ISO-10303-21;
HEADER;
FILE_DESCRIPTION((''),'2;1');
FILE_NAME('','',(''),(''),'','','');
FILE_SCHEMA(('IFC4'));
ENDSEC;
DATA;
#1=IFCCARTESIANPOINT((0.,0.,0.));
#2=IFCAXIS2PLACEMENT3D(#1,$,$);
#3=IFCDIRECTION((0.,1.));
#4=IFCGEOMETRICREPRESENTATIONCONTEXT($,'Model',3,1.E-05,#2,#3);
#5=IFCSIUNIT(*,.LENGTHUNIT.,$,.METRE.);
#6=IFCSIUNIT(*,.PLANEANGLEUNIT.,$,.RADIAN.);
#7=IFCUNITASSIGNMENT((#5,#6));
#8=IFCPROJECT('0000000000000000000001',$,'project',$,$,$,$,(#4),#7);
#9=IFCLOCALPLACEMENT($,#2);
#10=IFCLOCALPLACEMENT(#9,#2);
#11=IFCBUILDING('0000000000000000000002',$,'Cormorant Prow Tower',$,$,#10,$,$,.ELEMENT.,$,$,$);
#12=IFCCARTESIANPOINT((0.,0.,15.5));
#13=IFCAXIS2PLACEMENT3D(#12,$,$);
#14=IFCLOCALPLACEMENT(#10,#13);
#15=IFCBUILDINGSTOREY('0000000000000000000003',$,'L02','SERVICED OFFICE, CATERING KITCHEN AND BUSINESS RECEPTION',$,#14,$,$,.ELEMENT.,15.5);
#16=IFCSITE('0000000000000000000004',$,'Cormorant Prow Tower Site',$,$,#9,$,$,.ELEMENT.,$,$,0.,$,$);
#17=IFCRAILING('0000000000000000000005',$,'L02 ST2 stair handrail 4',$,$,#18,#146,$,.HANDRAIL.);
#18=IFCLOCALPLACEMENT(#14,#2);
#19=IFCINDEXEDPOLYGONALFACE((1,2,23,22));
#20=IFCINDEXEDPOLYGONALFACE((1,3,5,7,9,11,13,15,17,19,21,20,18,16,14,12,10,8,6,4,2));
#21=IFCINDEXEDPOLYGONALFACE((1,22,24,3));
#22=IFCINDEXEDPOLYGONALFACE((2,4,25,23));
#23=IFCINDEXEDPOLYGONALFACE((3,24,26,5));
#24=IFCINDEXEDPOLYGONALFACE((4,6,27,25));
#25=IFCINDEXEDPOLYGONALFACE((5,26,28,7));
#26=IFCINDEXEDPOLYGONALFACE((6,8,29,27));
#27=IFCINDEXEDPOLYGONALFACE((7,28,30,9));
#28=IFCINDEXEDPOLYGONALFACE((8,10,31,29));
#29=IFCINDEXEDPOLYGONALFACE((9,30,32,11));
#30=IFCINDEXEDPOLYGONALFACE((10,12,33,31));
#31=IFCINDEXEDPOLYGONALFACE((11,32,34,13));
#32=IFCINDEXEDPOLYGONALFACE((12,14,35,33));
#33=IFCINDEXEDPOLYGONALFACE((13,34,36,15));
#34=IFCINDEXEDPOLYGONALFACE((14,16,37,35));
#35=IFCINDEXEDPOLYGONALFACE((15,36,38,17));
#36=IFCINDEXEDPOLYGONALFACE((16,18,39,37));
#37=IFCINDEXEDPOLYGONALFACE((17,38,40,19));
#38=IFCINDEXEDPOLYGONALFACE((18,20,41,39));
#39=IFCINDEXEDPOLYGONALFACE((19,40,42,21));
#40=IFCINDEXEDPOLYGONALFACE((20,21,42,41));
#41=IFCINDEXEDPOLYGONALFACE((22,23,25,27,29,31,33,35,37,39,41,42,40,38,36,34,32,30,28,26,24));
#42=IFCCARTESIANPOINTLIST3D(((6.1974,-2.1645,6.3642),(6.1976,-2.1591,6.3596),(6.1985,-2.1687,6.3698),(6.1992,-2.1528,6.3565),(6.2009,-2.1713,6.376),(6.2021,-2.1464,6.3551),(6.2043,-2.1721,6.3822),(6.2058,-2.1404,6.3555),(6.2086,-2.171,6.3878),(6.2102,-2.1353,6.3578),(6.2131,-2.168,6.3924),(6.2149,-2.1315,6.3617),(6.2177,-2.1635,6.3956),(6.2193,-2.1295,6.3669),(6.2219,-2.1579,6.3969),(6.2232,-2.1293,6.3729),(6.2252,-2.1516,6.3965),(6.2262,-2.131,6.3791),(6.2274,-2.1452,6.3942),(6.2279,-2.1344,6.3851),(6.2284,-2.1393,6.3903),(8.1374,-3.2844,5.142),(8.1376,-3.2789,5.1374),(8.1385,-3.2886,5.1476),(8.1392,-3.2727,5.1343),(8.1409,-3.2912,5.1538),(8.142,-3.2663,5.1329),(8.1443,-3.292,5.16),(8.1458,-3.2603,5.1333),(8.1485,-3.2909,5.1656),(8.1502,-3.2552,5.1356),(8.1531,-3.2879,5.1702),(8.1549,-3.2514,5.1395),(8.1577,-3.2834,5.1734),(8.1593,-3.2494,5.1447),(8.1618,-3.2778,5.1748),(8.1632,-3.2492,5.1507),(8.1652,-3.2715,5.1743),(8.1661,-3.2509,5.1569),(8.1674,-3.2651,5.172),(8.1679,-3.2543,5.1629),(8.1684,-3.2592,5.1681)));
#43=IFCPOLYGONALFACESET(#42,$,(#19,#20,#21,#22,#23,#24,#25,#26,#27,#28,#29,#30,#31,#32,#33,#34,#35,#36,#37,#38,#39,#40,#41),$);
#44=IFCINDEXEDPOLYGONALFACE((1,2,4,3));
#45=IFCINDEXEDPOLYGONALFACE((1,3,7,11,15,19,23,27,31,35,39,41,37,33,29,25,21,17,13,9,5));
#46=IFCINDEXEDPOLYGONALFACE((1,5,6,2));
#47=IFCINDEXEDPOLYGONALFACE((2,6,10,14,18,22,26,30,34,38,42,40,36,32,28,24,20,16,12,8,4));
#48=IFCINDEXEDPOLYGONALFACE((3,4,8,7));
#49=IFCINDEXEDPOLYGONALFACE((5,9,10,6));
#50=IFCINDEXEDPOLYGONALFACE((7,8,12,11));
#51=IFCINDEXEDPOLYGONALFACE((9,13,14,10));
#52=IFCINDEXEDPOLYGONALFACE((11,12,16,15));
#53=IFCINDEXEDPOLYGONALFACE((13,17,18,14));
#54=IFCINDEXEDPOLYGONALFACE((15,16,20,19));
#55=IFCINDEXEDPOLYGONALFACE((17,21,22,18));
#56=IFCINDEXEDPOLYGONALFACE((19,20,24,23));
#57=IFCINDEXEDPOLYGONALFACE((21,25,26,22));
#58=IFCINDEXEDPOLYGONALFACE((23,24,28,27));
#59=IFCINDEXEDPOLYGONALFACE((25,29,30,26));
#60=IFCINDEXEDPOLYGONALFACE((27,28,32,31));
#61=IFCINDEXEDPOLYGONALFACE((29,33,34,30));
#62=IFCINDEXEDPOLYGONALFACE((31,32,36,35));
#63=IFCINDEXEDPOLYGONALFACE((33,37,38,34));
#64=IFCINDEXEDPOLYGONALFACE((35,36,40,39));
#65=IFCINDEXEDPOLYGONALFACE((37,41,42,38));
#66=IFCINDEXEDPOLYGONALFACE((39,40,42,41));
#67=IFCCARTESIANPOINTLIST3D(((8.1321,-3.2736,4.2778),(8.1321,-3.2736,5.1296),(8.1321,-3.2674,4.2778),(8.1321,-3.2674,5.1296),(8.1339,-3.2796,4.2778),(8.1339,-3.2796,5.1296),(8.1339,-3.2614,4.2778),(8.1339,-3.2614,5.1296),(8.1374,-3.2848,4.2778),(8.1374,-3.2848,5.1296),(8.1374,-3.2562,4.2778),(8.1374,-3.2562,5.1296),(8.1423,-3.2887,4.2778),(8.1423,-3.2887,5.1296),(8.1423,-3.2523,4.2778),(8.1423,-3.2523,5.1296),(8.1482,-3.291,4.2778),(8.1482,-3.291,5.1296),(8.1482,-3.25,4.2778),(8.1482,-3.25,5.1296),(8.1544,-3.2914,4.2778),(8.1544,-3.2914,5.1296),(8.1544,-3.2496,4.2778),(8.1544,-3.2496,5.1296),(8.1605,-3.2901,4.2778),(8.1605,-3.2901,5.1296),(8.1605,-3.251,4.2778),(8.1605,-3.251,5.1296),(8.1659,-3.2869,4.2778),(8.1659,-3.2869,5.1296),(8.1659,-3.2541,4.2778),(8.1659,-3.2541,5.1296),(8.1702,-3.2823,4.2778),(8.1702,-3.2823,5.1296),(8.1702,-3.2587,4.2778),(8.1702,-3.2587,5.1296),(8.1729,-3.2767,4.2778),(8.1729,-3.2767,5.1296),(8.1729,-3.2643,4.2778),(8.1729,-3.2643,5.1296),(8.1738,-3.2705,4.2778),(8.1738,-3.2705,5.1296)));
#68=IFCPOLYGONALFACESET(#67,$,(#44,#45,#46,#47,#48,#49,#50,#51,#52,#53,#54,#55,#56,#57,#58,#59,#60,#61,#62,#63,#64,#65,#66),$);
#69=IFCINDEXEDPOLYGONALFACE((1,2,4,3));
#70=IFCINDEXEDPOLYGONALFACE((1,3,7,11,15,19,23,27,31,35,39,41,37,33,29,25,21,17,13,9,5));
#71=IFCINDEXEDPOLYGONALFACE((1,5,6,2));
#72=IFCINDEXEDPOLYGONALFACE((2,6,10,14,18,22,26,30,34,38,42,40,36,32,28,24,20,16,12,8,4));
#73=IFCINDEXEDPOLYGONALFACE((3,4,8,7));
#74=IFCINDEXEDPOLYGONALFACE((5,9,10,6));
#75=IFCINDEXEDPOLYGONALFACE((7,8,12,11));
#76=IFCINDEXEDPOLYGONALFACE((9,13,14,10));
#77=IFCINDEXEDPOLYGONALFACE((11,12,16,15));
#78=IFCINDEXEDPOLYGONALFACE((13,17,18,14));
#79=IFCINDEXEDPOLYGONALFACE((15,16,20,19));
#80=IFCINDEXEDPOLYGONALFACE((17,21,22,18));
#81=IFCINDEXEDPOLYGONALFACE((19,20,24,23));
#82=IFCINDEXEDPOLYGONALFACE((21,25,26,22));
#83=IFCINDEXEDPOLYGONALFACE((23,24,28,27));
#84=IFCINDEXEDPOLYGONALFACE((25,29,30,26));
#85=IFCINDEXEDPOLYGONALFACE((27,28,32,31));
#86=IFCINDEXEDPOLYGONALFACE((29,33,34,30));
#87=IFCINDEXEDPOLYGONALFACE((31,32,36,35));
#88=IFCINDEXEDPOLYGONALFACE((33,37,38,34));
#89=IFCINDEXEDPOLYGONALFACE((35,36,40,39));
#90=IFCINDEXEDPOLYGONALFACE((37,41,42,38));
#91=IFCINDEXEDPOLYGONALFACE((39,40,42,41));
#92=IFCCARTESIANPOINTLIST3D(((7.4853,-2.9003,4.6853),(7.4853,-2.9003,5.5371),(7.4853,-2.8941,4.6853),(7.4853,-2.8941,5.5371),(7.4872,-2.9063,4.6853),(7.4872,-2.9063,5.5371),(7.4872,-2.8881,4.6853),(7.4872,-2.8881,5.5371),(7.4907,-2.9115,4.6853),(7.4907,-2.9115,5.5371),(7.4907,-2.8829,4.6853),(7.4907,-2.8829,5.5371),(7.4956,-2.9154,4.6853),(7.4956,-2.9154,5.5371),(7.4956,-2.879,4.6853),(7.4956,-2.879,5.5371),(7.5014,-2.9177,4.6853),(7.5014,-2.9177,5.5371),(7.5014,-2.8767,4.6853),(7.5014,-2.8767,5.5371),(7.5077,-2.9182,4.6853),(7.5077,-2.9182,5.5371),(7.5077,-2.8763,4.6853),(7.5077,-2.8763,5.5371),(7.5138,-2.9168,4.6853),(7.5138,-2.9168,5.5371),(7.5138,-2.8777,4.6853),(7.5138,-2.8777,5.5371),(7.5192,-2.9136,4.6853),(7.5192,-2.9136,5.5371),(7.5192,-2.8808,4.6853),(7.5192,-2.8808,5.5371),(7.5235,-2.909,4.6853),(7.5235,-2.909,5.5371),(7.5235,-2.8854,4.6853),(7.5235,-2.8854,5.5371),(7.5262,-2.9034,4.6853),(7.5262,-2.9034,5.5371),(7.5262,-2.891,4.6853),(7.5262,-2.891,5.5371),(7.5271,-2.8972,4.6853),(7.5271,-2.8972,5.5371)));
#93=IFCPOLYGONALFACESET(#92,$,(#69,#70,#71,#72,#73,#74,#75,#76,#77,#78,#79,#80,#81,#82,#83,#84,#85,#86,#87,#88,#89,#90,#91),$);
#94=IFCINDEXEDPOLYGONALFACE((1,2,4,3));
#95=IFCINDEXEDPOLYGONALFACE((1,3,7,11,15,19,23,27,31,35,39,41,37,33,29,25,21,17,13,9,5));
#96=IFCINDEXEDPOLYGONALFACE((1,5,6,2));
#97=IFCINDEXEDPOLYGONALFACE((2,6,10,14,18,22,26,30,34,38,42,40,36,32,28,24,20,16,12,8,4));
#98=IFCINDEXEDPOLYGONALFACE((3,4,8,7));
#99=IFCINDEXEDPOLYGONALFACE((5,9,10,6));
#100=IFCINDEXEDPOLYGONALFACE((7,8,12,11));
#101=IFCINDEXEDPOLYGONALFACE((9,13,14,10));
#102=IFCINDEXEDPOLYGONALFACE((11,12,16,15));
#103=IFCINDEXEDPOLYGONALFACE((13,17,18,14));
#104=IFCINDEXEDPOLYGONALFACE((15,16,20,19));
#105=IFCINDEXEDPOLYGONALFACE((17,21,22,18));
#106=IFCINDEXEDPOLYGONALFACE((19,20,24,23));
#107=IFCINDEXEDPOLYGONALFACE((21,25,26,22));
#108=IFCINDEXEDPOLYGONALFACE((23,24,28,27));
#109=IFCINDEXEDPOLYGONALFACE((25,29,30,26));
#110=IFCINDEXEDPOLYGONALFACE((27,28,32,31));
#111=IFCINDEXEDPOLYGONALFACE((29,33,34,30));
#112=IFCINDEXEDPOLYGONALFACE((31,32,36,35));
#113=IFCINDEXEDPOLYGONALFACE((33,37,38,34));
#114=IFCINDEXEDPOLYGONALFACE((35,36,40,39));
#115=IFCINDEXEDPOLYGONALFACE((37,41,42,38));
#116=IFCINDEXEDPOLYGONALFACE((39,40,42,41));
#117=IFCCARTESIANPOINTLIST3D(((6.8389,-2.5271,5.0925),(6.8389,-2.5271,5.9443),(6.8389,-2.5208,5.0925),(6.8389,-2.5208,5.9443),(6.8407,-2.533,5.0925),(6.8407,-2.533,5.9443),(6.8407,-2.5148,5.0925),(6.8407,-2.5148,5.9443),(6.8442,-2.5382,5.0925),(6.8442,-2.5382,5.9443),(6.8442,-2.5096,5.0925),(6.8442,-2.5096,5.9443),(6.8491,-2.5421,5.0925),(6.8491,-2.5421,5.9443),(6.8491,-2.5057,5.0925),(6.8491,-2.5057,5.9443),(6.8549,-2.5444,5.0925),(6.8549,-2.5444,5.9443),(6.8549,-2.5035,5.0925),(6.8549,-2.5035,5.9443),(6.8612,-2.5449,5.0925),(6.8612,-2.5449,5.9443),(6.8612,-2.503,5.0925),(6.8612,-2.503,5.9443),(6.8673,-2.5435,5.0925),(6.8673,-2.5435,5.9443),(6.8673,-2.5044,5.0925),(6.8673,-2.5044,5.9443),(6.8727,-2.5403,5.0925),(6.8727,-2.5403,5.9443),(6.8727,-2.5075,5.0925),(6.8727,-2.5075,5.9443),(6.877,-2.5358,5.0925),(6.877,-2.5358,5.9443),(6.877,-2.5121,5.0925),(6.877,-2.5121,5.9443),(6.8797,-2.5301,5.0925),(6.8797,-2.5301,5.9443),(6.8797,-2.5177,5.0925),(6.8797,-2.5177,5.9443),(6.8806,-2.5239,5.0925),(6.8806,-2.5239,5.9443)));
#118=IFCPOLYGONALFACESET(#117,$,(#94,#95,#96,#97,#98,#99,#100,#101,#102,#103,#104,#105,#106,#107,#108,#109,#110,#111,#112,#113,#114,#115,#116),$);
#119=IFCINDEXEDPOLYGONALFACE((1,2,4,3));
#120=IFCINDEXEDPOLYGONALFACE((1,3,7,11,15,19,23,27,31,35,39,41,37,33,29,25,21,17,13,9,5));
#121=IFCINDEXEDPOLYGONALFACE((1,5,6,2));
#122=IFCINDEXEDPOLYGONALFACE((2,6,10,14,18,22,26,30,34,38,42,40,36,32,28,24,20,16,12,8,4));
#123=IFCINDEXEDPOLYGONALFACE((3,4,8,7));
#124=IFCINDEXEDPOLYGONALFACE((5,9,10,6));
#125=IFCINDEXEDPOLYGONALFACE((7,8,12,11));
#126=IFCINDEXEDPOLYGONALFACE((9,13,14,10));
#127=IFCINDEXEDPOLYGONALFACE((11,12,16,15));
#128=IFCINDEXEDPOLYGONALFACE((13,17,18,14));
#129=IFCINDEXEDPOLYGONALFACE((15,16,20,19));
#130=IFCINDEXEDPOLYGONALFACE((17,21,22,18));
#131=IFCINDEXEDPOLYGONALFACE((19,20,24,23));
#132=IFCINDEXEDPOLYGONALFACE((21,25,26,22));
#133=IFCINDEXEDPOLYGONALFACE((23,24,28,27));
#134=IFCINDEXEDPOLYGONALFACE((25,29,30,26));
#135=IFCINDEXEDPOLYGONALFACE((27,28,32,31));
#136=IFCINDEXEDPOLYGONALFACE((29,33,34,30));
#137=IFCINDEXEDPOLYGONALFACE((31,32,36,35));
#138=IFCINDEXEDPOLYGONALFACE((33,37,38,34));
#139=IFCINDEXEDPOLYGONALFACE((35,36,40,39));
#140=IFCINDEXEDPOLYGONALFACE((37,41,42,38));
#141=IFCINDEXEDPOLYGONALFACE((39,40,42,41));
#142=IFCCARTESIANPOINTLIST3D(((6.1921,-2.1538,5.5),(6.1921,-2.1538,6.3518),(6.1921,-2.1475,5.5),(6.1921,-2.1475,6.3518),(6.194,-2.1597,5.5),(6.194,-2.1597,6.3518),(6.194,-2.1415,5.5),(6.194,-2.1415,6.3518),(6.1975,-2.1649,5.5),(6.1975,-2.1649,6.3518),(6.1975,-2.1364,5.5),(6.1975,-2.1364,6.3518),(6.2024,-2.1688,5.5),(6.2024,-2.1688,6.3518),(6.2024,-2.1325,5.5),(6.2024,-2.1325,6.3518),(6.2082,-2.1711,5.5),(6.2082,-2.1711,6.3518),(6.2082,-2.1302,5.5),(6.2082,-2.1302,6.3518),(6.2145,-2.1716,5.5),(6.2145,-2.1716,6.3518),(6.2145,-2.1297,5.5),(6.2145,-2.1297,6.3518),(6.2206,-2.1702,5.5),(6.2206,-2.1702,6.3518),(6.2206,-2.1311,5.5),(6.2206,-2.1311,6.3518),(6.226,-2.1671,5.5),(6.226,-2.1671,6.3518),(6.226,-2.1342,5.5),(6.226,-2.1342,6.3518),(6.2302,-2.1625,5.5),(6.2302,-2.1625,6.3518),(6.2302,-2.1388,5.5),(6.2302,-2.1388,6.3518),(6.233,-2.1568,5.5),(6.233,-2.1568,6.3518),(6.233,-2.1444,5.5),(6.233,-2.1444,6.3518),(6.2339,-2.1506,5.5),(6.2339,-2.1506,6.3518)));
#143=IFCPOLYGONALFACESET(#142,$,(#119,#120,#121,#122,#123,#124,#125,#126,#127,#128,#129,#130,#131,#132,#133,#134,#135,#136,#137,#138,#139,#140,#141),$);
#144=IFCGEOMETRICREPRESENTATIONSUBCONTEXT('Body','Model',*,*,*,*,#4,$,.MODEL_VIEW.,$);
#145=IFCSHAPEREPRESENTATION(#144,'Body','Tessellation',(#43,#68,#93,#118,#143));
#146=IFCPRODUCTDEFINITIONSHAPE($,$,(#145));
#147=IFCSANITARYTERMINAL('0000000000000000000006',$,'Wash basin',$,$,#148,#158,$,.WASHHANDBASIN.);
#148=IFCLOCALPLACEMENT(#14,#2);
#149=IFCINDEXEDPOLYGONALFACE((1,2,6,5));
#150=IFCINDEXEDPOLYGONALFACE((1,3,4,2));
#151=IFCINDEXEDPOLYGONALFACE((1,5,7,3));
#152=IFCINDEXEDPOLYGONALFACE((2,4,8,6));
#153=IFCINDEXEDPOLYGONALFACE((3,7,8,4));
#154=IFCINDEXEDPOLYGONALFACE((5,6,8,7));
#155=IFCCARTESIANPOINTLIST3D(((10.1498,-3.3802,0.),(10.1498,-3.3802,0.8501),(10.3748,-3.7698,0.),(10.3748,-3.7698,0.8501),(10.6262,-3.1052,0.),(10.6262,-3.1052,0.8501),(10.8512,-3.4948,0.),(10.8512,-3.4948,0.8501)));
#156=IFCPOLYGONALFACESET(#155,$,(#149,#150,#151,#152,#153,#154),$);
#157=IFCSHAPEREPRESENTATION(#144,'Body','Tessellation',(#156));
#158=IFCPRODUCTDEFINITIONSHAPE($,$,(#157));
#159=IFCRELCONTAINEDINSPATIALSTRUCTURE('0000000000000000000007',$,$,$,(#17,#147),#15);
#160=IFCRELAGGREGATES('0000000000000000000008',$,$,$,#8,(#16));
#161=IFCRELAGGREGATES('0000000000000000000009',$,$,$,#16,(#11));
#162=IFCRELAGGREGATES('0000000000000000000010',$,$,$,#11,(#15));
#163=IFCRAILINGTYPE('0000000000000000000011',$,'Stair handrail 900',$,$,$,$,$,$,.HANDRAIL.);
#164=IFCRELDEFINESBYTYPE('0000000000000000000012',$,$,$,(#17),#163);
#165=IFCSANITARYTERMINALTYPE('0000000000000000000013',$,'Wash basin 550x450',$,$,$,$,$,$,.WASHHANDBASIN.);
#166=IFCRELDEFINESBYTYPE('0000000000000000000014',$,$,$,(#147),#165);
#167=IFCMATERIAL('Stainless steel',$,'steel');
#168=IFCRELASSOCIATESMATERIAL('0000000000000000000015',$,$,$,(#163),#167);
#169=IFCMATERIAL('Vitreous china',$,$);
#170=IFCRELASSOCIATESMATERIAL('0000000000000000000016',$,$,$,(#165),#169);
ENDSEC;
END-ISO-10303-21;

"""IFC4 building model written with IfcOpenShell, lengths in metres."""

from ifc_helpers import new_model, si_unit, direction, frame, origin, origin_2d, place, context, subcontext, project, spatial, rectangle, circle, extrude, material, type_object, element, save


model = new_model("IFC4")

# Units and contexts
model_context = context("Model", 3, precision=1e-05, world=origin(), true_north=direction((0.0, 1.0)))
body_context = subcontext(model_context, "Body", "Model", "MODEL_VIEW")
ifc_project = project(units=[si_unit("LENGTHUNIT", "METRE"), si_unit("PLANEANGLEUNIT", "RADIAN")], contexts=[model_context])

# Site, building, storey
site_placement = place(None, origin())
site = spatial("IfcSite", under=ifc_project, at=site_placement, Name="Cormorant Prow Tower Site", CompositionType="ELEMENT", RefElevation=0.0)
building_placement = place(site_placement, origin())
building = spatial("IfcBuilding", under=site, at=building_placement, Name="Cormorant Prow Tower", CompositionType="ELEMENT")
storey_placement = place(building_placement, frame((0.0, 0.0, 15.5)))
storey = spatial("IfcBuildingStorey", under=building, at=storey_placement, Name="L02", Description="SERVICED OFFICE, CATERING KITCHEN AND BUSINESS RECEPTION", CompositionType="ELEMENT", Elevation=15.5)

# Railing
ifc_material_1 = material(Name="Stainless steel", Category="steel")
railing_type_1 = type_object("IfcRailingType", Name="Stair handrail 900", PredefinedType="HANDRAIL", material=ifc_material_1)
for number, where, name in (
    (1, (8.1528, -3.2705, 4.2778), "L02 ST2 stair handrail 4"),
):
    element("IfcRailing", number, at=place(storey_placement, frame(where)), inside=storey, type_object=railing_type_1, Name=name, PredefinedType="HANDRAIL", context=body_context, shape_type="SweptSolid", body=[
        extrude(circle(Radius=0.0239, at=origin_2d()), frame((0.0, 0.0, 0.876), z_axis=(-0.760254, 0.438873, 0.478962), x_axis=(-0.499949, -0.866055, 0.0)), (0.0, 0.0, 1.0), 2.5518),
        extrude(circle(Radius=0.021, at=origin_2d()), origin(), (0.0, 0.0, 1.0), 0.8518),
        extrude(circle(Radius=0.021, at=origin_2d()), frame((-0.6467, 0.3733, 0.4075)), (0.0, 0.0, 1.0), 0.8518),
        extrude(circle(Radius=0.021, at=origin_2d()), frame((-1.2932, 0.7466, 0.8147)), (0.0, 0.0, 1.0), 0.8518),
        extrude(circle(Radius=0.021, at=origin_2d()), frame((-1.9399, 1.1199, 1.2222)), (0.0, 0.0, 1.0), 0.8518),
    ])

# Sanitary terminal
ifc_material_2 = material(Name="Vitreous china")
sanitary_terminal_type = type_object("IfcSanitaryTerminalType", Name="Wash basin 550x450", PredefinedType="WASHHANDBASIN", material=ifc_material_2)
sanitary_terminal_placement = place(storey_placement, frame((10.5005, -3.4375, 0.0), z_axis=(0.0, 0.0, 1.0), x_axis=(-0.866034, -0.499985, 0.0)))
element("IfcSanitaryTerminal", 2, at=sanitary_terminal_placement, inside=storey, type_object=sanitary_terminal_type, Name="Wash basin", PredefinedType="WASHHANDBASIN", context=body_context, shape_type="SweptSolid", body=[
    extrude(rectangle(XDim=0.55, YDim=0.45, at=origin_2d()), origin(), (0.0, 0.0, 1.0), 0.8501),
])

save(model, "model.ifc")
